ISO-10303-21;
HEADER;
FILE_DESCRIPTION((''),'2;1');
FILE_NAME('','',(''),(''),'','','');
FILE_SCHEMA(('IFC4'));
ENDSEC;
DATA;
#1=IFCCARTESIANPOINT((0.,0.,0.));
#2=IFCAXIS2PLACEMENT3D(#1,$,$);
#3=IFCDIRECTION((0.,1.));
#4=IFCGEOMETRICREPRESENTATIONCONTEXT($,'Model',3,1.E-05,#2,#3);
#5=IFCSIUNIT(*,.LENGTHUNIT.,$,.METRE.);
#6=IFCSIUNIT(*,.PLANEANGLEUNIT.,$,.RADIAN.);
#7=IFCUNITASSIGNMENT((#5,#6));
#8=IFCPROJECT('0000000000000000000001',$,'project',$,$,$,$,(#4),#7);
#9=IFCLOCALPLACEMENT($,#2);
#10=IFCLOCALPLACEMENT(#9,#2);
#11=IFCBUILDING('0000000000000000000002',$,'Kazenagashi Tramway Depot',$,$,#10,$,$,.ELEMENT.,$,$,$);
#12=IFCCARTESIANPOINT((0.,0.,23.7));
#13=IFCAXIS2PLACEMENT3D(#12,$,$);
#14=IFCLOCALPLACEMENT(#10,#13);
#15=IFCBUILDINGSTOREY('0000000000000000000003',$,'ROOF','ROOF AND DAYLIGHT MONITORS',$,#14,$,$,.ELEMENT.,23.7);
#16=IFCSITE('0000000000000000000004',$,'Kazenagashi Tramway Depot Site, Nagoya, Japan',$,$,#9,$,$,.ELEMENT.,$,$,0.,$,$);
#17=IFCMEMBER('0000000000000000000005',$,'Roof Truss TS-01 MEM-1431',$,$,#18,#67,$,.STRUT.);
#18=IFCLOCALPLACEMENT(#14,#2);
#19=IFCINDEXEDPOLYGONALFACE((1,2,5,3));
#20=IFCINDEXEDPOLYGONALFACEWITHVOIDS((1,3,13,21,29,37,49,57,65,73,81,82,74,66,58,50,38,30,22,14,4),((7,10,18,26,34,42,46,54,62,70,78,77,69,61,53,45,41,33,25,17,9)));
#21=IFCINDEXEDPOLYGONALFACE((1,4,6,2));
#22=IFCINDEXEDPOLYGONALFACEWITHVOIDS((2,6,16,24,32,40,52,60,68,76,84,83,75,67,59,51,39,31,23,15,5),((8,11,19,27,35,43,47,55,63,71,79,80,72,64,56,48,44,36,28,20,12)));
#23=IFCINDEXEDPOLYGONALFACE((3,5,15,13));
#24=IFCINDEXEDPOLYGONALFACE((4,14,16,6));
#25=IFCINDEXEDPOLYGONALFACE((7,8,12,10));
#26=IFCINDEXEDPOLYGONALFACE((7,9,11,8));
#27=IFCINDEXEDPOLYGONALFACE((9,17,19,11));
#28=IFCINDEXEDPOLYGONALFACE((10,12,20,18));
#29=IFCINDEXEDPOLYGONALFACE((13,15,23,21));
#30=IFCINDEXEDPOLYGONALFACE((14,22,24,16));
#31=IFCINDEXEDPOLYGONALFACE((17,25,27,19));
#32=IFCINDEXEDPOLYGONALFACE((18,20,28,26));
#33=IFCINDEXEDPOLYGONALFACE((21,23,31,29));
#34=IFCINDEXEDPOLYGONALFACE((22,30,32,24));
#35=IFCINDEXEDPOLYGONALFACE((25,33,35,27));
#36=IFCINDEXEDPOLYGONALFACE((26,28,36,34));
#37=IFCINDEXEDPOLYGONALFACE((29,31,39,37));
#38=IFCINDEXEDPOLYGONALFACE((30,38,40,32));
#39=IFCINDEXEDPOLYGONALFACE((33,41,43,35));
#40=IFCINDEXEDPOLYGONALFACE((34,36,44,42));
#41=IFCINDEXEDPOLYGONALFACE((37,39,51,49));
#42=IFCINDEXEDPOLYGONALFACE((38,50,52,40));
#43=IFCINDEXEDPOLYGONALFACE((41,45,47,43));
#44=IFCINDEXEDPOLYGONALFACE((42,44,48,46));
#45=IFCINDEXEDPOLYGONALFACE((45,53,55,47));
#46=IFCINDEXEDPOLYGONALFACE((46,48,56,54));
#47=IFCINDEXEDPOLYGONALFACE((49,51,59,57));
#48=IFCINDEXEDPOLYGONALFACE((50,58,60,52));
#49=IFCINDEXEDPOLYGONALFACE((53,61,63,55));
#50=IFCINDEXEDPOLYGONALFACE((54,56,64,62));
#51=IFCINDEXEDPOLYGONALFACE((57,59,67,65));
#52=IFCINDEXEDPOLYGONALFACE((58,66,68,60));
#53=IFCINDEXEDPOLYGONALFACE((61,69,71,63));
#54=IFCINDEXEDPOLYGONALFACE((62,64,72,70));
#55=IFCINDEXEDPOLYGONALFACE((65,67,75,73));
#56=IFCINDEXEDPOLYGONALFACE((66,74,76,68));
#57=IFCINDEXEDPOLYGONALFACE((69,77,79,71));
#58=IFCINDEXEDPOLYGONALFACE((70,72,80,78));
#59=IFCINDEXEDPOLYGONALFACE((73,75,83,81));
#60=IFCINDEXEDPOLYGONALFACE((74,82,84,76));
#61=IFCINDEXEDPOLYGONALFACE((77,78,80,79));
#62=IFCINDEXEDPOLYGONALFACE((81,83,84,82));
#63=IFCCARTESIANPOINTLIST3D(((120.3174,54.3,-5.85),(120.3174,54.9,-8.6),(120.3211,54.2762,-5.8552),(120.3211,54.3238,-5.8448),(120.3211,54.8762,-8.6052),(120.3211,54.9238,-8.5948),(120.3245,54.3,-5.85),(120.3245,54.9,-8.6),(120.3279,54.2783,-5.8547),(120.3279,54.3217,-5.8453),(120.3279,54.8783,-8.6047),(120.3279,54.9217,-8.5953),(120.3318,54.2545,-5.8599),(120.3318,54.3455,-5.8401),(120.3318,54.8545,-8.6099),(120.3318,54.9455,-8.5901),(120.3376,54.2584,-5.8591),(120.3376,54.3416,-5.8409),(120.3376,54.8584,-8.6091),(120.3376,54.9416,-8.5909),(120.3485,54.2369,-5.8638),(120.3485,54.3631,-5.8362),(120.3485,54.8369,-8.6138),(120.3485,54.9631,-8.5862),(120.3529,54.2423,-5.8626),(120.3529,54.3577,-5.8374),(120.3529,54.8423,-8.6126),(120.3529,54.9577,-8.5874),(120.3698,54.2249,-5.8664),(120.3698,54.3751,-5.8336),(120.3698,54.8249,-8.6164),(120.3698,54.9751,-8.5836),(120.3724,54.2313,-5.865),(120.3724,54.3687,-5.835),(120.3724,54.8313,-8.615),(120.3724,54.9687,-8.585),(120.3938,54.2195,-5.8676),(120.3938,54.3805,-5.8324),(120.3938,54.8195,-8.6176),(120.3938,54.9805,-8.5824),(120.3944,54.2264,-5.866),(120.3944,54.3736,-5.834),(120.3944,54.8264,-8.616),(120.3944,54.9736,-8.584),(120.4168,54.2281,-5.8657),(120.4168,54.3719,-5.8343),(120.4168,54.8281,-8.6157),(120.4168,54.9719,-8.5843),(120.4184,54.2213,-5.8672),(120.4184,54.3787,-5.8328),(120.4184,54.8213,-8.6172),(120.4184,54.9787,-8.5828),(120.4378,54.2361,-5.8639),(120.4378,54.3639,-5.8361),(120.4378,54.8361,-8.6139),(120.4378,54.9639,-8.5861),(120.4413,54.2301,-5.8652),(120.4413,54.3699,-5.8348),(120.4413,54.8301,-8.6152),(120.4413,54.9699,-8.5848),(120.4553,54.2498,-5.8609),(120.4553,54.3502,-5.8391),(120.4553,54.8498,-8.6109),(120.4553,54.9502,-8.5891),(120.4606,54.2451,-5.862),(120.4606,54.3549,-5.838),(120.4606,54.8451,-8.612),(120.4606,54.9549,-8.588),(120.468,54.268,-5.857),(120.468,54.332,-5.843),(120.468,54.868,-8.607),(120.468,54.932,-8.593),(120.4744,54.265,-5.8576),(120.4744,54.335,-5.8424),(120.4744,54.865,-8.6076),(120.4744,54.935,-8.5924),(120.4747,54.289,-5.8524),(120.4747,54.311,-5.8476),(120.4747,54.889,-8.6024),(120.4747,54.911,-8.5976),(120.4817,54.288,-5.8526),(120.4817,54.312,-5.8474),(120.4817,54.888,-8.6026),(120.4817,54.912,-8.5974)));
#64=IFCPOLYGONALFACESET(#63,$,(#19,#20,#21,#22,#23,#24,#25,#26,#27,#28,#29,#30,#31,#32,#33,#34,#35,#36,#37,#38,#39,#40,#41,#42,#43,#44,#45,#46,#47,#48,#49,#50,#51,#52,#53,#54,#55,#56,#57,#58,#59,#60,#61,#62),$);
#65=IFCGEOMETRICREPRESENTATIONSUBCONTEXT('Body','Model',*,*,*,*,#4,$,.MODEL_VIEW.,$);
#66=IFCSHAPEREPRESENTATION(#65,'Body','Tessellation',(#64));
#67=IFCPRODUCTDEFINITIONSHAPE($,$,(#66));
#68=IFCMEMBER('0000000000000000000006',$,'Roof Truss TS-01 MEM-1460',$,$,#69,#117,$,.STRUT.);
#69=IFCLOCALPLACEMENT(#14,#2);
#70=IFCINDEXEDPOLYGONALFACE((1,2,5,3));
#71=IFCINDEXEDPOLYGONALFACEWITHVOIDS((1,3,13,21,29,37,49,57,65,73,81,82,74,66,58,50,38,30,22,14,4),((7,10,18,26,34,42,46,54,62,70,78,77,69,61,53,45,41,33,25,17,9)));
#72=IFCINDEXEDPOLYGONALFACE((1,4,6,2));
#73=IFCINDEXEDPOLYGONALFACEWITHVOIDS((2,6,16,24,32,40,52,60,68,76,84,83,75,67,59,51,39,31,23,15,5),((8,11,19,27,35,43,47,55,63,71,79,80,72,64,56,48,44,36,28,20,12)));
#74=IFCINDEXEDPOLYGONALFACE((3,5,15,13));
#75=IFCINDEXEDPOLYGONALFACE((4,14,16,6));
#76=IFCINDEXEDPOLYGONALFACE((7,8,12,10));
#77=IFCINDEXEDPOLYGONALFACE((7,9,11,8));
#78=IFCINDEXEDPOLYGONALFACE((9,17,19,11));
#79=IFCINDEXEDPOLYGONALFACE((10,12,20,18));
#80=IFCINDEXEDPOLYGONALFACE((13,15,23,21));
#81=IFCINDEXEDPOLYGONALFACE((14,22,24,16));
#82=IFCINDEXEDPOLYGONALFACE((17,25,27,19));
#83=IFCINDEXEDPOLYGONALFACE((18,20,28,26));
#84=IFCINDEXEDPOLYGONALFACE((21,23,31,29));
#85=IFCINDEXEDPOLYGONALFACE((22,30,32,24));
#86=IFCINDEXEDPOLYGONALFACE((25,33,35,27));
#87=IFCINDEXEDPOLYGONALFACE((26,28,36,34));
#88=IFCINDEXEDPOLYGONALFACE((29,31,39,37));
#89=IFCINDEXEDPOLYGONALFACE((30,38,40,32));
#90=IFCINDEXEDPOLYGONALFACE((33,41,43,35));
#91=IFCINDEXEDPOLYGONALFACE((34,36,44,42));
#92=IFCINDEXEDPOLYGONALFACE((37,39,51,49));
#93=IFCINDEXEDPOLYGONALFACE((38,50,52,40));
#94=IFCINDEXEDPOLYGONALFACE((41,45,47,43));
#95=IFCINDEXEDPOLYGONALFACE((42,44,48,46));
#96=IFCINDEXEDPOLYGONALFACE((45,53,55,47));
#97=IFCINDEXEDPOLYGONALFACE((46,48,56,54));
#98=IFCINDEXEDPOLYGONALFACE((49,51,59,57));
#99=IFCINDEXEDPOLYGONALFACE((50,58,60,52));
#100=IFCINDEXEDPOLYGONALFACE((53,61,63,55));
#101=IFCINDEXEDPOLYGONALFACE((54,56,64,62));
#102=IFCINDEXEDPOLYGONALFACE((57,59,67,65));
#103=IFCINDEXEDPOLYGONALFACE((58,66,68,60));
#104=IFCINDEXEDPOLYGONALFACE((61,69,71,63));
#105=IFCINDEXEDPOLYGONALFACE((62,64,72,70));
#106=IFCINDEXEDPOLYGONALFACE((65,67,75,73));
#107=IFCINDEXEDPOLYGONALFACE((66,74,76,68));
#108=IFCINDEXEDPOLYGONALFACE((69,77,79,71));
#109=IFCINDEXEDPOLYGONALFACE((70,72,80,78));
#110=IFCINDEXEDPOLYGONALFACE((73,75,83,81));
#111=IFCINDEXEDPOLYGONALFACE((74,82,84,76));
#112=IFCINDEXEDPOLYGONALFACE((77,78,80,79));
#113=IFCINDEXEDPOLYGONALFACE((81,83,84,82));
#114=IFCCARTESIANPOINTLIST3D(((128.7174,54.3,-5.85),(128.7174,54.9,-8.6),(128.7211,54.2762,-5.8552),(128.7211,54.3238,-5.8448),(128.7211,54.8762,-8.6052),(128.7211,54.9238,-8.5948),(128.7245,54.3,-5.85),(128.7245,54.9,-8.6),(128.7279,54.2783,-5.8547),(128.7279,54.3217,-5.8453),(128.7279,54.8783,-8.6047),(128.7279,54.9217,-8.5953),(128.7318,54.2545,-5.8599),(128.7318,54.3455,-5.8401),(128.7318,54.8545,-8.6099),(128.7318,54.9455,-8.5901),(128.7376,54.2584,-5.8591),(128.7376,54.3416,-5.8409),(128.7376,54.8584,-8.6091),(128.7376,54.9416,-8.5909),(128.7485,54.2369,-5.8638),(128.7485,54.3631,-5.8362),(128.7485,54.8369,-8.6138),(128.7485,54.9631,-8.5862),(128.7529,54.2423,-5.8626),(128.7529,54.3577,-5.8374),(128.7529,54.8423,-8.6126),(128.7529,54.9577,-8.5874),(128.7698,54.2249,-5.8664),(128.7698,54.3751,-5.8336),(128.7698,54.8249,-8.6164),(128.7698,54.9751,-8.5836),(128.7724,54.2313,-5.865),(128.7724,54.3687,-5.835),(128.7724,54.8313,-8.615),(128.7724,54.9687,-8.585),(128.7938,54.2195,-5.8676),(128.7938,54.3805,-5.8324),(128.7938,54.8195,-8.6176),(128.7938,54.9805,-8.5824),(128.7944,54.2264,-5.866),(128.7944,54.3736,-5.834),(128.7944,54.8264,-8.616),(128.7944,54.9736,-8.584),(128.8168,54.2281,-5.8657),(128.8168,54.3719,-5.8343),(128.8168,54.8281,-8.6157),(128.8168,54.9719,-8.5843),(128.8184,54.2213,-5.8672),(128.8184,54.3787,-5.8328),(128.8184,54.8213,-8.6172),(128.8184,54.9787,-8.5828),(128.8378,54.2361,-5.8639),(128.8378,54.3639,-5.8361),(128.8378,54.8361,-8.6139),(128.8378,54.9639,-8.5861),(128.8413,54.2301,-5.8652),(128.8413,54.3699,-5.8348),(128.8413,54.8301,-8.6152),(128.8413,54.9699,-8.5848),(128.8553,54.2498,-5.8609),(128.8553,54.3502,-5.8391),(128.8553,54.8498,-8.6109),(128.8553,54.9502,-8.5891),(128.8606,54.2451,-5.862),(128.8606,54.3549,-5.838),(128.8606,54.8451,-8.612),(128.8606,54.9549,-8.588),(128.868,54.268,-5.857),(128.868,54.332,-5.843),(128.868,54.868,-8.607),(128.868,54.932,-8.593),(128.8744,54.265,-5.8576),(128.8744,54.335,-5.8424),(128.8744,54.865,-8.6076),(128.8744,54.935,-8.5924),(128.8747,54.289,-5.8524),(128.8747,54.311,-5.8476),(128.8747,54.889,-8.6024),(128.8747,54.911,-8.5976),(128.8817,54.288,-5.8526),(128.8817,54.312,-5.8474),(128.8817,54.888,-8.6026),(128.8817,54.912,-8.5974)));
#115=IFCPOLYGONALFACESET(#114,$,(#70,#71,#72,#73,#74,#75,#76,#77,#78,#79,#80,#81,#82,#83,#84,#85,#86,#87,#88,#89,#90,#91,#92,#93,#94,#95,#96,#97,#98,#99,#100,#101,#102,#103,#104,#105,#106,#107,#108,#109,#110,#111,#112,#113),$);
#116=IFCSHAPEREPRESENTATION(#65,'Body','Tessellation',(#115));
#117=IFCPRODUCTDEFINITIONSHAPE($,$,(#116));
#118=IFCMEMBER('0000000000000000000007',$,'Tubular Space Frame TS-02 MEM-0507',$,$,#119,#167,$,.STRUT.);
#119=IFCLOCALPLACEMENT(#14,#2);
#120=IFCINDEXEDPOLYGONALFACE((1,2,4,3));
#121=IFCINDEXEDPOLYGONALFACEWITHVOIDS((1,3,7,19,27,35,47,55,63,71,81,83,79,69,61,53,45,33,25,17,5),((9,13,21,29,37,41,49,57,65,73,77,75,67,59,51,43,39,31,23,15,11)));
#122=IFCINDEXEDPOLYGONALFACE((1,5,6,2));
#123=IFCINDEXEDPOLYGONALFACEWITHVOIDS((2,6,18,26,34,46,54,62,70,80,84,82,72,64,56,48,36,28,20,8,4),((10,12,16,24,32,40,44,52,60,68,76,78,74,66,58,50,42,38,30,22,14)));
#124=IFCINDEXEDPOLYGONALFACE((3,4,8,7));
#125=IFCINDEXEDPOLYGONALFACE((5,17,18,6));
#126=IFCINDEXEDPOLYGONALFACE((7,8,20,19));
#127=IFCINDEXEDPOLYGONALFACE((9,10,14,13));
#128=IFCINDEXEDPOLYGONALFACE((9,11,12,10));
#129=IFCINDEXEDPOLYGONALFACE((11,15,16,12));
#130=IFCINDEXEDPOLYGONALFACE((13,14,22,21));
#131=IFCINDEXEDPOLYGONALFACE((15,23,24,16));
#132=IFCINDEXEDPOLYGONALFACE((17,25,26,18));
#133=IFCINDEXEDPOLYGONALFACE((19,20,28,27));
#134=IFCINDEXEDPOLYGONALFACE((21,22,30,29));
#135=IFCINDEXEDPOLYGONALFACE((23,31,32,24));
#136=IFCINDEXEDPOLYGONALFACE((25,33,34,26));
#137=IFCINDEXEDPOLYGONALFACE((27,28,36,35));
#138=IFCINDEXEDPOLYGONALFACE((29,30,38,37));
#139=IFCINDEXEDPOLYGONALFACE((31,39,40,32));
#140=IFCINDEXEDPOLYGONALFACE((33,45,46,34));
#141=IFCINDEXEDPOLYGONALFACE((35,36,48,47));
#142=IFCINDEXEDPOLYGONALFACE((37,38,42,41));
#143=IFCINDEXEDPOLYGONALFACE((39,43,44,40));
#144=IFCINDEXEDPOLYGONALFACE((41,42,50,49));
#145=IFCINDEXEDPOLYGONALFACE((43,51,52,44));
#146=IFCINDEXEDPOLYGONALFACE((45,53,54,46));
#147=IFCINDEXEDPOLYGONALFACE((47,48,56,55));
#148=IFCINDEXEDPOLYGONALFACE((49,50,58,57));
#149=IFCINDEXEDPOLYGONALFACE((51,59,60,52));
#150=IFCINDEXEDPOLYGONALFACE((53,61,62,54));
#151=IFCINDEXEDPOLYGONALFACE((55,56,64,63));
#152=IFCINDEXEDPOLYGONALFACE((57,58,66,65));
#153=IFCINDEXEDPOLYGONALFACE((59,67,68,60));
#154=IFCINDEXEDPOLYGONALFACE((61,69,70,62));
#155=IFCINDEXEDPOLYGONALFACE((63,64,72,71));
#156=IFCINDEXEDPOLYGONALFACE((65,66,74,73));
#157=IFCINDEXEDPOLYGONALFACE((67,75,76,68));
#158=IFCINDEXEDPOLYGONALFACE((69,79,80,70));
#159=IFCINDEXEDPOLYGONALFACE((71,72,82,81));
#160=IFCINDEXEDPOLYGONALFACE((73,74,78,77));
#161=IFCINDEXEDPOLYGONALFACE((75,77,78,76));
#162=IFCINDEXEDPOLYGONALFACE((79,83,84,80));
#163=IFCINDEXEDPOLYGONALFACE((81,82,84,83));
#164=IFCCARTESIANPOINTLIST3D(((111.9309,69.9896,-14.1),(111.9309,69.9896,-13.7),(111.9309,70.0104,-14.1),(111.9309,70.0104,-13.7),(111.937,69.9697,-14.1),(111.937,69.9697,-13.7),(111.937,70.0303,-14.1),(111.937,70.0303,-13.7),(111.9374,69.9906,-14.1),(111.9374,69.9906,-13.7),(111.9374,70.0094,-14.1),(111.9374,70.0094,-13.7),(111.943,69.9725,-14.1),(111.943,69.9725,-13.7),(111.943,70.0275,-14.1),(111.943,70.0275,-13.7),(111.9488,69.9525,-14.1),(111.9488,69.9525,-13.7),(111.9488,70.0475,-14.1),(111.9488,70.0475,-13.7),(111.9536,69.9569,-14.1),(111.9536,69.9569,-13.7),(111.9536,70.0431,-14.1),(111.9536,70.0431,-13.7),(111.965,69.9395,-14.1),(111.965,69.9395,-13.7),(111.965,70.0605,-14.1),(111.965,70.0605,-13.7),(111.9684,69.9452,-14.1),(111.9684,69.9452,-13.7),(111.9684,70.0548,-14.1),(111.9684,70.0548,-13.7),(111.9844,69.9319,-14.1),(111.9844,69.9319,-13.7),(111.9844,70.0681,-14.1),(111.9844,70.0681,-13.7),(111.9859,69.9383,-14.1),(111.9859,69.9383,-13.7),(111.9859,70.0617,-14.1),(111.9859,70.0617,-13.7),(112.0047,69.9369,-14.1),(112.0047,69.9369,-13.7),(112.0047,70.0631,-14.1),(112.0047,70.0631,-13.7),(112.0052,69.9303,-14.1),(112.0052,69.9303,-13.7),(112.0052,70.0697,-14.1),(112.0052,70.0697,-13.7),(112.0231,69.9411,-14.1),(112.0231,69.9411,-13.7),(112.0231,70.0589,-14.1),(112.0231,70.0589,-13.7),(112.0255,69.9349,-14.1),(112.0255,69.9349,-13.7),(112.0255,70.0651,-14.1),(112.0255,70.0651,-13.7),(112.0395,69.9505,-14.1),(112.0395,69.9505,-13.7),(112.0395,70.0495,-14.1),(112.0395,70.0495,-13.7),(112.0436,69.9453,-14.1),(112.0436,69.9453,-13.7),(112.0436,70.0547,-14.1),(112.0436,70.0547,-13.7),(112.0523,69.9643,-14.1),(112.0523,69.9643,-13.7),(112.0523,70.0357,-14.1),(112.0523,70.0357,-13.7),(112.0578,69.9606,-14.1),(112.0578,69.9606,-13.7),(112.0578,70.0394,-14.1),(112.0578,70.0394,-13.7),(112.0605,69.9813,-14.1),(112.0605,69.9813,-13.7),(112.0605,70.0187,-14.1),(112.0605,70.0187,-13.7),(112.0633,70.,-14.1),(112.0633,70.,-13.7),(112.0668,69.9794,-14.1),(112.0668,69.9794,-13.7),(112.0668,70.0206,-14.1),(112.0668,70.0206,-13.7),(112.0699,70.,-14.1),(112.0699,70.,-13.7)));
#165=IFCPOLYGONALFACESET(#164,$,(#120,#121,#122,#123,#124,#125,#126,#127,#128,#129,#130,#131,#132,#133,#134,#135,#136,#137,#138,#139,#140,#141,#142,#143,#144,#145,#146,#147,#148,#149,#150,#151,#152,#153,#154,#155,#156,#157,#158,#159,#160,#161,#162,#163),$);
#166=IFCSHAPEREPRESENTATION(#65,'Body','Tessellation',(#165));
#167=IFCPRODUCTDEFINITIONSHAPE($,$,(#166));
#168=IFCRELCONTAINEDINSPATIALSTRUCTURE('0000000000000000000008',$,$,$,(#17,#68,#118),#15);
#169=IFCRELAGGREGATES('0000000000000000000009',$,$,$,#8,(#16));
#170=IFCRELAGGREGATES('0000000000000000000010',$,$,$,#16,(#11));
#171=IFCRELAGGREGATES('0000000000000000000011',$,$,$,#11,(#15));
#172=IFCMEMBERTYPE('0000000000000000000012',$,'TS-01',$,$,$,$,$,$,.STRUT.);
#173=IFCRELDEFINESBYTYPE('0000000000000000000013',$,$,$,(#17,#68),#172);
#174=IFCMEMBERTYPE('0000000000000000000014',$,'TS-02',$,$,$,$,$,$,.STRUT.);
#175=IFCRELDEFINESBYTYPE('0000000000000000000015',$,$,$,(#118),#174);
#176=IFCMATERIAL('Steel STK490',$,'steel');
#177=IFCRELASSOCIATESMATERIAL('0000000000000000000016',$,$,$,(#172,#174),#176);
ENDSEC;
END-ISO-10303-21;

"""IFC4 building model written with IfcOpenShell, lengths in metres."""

from ifc_helpers import new_model, si_unit, direction, frame, origin, origin_2d, place, context, subcontext, project, spatial, hollow_circle, extrude, material, material_profile, profile_set, type_object, element, save


model = new_model("IFC4")

# Units and contexts
model_context = context("Model", 3, precision=1e-05, world=origin(), true_north=direction((0.0, 1.0)))
body_context = subcontext(model_context, "Body", "Model", "MODEL_VIEW")
ifc_project = project(units=[si_unit("LENGTHUNIT", "METRE"), si_unit("PLANEANGLEUNIT", "RADIAN")], contexts=[model_context])

# Site, building, storey
site_placement = place(None, origin())
site = spatial("IfcSite", under=ifc_project, at=site_placement, Name="Kazenagashi Tramway Depot Site, Nagoya, Japan", CompositionType="ELEMENT", RefElevation=0.0)
building_placement = place(site_placement, origin())
building = spatial("IfcBuilding", under=site, at=building_placement, Name="Kazenagashi Tramway Depot", CompositionType="ELEMENT")
storey_placement = place(building_placement, frame((0.0, 0.0, 23.7)))
storey = spatial("IfcBuildingStorey", under=building, at=storey_placement, Name="ROOF", Description="ROOF AND DAYLIGHT MONITORS", CompositionType="ELEMENT", Elevation=23.7)

# Members
ifc_material_1 = material(Name="Steel STK490", Category="steel")
ifc_material_profile_1 = material_profile(ifc_material_1, hollow_circle(Radius=0.0826, WallThickness=0.0071, at=origin_2d()), Name="CHS-165.2x7.1")
ifc_profile_set_1 = profile_set([ifc_material_profile_1], Name="Steel STK490")
member_type_1 = type_object("IfcMemberType", Name="TS-01", PredefinedType="STRUT", material=ifc_profile_set_1)
for number, where, z_axis, x_axis, name in (
    (1, (120.4, 54.3, -5.85), (0.0, 0.213167, -0.977016), (-1.0, 0.0, 0.0), "Roof Truss TS-01 MEM-1431"),
    (2, (128.8, 54.3, -5.85), (0.0, 0.213167, -0.977016), (-1.0, 0.0, 0.0), "Roof Truss TS-01 MEM-1460"),
):
    element("IfcMember", number, at=place(storey_placement, frame(where, z_axis=z_axis, x_axis=x_axis)), inside=storey, type_object=member_type_1, Name=name, PredefinedType="STRUT", context=body_context, shape_type="SweptSolid", body=[
        extrude(hollow_circle(Radius=0.0826, WallThickness=0.0071, at=origin_2d()), origin(), (0.0, 0.0, 1.0), 2.8147),
    ])
ifc_material_profile_2 = material_profile(ifc_material_1, hollow_circle(Radius=0.0699, WallThickness=0.0066, at=origin_2d()), Name="CHS-139.8x6.6")
ifc_profile_set_2 = profile_set([ifc_material_profile_2], Name="Steel STK490")
member_type_2 = type_object("IfcMemberType", Name="TS-02", PredefinedType="STRUT", material=ifc_profile_set_2)
member_1_placement = place(storey_placement, frame((112.0, 70.0, -14.1), z_axis=(0.0, 0.0, 1.0), x_axis=(1.0, 0.0, 0.0)))
element("IfcMember", 3, at=member_1_placement, inside=storey, type_object=member_type_2, Name="Tubular Space Frame TS-02 MEM-0507", PredefinedType="STRUT", context=body_context, shape_type="SweptSolid", body=[
    extrude(hollow_circle(Radius=0.0699, WallThickness=0.0066, at=origin_2d()), origin(), (0.0, 0.0, 1.0), 0.4),
])

save(model, "model.ifc")
